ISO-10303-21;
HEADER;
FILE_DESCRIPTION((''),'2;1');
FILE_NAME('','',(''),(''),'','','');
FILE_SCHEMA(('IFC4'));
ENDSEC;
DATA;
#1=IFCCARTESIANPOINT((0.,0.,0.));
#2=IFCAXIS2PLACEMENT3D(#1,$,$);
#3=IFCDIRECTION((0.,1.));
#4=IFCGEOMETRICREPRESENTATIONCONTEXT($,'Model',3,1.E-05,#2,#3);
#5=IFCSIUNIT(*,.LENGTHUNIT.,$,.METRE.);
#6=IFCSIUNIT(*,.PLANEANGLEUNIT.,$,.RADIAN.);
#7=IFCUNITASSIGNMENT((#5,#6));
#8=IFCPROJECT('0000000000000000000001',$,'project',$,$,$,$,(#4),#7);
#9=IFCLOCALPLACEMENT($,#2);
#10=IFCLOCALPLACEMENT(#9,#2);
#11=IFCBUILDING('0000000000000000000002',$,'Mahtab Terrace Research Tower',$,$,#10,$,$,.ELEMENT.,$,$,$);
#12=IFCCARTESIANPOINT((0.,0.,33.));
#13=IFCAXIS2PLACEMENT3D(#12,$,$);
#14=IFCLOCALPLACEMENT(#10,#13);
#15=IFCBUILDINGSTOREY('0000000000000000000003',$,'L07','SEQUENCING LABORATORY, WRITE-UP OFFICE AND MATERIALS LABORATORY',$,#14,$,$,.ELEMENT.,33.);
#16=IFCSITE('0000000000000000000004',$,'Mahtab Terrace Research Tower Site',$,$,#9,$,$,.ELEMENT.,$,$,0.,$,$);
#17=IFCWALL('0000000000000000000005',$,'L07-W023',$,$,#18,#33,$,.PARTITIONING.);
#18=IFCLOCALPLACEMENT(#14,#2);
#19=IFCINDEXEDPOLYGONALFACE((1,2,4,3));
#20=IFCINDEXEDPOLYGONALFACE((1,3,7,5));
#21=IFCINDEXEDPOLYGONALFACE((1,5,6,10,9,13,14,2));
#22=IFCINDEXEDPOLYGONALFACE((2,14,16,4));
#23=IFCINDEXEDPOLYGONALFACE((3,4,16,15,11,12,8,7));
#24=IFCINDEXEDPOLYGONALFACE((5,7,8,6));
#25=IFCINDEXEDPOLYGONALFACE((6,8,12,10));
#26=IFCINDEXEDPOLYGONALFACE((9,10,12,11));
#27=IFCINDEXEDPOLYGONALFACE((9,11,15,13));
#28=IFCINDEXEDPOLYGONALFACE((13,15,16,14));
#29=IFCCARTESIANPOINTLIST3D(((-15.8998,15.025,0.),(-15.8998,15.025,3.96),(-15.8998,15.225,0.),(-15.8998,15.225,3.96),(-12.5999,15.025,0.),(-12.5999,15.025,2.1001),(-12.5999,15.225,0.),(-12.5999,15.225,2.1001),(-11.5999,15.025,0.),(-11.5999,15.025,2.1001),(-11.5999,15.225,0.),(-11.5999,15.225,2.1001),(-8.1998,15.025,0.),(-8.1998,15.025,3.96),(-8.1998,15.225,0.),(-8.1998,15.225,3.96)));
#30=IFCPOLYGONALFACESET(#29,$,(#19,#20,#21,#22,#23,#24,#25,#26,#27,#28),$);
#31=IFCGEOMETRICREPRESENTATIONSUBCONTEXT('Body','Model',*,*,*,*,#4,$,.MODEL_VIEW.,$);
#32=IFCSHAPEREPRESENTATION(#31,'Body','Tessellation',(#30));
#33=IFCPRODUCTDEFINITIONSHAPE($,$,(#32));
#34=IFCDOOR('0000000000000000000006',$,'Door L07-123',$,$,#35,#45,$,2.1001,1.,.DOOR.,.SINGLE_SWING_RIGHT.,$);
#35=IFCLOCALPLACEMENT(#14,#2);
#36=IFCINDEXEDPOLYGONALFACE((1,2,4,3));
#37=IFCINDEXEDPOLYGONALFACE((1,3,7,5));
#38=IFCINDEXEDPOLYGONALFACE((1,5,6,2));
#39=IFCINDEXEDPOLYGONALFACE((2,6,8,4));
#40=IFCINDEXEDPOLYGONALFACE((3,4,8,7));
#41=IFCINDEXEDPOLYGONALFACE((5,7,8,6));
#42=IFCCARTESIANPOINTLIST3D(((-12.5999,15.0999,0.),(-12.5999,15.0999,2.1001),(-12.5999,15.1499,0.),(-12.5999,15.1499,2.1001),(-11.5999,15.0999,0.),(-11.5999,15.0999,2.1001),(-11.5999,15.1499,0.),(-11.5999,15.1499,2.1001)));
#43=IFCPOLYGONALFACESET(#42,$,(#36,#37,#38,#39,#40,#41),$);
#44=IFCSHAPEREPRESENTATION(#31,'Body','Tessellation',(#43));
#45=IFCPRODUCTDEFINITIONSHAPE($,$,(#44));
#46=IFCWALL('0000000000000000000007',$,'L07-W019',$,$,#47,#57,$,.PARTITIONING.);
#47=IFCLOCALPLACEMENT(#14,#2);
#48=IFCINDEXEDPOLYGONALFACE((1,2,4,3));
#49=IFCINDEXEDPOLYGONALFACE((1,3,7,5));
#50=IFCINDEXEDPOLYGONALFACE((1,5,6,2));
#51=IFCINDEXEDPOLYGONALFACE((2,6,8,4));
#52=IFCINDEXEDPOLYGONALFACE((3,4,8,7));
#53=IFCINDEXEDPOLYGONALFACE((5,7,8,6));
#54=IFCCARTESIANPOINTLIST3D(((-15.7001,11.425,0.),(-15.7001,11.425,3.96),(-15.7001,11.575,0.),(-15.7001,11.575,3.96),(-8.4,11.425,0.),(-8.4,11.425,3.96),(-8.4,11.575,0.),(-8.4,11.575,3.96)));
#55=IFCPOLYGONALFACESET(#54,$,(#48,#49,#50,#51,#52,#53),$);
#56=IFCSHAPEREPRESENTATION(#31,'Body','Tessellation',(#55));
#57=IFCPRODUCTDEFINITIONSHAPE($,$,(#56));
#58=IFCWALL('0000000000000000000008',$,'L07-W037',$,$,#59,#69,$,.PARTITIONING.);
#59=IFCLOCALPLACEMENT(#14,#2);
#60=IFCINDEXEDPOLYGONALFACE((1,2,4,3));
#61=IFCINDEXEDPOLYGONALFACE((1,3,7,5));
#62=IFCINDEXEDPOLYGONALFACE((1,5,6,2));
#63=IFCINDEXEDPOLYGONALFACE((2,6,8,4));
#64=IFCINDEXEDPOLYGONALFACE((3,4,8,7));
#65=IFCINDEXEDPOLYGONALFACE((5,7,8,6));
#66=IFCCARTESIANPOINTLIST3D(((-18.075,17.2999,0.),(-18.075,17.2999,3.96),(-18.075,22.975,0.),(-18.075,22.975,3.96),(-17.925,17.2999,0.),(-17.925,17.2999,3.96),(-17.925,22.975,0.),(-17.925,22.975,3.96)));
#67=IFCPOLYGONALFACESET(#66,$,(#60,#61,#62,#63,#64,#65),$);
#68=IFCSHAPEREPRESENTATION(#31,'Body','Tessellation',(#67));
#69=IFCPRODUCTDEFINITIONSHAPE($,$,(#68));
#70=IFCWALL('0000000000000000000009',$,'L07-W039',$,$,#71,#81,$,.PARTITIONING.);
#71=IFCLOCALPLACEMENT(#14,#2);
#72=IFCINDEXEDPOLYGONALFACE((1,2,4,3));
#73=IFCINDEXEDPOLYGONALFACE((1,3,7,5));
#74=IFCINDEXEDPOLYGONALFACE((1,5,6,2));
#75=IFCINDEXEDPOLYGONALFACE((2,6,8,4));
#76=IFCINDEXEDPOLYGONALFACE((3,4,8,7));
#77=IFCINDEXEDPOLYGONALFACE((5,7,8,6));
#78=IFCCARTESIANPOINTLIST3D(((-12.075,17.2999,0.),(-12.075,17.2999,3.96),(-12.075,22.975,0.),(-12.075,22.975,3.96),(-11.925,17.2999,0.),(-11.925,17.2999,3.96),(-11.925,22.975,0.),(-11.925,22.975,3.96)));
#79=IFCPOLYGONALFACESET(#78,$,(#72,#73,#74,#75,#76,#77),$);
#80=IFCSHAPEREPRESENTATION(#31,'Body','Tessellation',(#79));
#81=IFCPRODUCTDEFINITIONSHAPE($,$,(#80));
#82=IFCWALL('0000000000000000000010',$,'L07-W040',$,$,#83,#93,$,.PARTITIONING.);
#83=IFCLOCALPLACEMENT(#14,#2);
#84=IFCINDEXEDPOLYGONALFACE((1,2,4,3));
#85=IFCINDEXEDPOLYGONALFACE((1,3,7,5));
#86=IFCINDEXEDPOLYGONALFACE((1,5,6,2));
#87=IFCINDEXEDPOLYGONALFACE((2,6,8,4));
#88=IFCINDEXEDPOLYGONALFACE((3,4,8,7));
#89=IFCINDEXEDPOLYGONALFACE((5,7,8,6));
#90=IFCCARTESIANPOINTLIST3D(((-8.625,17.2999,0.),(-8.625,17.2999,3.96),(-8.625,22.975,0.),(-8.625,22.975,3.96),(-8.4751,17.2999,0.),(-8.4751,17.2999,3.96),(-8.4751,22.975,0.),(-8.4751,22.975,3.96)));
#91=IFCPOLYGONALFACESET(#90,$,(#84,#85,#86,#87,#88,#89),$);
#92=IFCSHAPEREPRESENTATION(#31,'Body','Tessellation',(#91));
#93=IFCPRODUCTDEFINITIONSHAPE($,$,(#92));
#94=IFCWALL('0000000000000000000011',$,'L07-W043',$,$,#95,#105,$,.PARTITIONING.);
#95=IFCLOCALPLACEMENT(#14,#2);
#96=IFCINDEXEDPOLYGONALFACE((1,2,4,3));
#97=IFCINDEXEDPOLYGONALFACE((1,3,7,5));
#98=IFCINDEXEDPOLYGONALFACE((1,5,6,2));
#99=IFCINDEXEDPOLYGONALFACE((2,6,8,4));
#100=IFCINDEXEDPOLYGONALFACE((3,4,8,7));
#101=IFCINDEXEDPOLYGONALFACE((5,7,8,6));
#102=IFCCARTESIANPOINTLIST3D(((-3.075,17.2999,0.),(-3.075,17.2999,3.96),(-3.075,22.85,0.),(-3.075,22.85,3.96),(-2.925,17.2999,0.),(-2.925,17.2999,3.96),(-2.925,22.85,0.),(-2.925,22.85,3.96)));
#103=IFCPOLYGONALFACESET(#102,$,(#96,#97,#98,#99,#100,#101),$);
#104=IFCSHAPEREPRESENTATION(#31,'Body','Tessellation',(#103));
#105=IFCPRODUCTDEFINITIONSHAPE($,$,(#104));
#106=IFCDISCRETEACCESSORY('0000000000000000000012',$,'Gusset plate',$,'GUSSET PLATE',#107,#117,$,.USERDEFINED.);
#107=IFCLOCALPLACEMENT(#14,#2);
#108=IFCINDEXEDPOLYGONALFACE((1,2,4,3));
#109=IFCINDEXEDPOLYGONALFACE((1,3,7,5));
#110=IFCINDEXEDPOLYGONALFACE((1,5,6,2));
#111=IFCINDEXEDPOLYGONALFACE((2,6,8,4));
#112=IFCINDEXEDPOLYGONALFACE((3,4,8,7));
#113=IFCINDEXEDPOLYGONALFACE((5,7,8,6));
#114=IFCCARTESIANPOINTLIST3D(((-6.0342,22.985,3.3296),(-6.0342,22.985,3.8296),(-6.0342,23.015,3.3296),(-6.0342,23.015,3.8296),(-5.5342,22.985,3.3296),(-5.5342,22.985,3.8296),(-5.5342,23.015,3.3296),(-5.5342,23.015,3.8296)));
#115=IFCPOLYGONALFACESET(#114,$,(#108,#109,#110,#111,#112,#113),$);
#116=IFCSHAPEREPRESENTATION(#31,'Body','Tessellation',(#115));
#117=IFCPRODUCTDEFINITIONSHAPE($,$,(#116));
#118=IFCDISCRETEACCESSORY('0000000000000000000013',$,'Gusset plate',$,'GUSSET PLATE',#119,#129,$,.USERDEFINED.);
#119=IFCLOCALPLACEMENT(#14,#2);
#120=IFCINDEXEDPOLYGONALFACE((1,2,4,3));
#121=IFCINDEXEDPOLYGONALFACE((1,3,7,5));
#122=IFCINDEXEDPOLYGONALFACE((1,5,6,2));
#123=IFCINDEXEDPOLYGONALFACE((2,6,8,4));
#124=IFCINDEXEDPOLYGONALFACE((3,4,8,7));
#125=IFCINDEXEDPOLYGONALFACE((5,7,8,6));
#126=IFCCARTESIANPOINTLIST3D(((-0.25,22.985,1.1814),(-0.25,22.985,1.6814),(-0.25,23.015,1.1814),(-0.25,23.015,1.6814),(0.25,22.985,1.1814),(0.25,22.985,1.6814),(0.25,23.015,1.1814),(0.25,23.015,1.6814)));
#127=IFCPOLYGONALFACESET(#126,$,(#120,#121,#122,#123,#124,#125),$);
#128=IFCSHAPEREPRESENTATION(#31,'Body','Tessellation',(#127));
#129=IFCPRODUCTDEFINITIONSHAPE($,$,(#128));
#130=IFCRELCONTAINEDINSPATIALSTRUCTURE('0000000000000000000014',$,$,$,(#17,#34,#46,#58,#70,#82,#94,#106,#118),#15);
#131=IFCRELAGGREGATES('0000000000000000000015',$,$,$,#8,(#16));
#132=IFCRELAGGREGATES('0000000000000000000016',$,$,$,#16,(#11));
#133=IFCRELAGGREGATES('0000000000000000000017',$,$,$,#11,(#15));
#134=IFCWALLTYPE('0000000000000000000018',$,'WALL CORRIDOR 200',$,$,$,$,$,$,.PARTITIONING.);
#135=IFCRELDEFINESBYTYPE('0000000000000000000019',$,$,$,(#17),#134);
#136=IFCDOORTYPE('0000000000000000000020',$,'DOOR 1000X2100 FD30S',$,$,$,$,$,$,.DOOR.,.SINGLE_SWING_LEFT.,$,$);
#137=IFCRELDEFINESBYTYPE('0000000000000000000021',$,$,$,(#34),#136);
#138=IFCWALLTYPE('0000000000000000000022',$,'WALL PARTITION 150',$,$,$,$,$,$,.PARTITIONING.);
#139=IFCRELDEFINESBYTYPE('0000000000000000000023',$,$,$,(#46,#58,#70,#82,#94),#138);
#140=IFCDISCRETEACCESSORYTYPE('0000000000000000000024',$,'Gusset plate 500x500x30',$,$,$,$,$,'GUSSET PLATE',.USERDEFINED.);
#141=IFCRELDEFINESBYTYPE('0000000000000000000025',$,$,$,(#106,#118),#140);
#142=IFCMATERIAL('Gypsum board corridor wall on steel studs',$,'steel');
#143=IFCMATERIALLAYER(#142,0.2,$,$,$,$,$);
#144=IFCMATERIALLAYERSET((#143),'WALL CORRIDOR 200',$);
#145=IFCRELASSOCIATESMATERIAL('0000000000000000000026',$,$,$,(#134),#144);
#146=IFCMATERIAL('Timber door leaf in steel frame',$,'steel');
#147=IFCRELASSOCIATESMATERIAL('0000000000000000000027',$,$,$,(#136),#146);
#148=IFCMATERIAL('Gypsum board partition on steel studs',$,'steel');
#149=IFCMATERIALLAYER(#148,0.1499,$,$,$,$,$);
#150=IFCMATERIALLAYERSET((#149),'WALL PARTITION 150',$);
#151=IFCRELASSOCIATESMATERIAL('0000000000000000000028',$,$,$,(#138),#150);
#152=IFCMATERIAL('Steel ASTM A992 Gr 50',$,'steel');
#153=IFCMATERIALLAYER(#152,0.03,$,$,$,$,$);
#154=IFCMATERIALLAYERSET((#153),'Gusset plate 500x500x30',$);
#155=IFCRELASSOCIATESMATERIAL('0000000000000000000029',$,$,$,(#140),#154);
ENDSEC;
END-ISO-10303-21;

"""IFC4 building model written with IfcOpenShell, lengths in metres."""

from ifc_helpers import new_model, si_unit, direction, frame, frame_2d, origin, origin_2d, place, context, subcontext, project, spatial, rectangle, extrude, material, layer, layer_set, type_object, element, fill, save


model = new_model("IFC4")

# Units and contexts
model_context = context("Model", 3, precision=1e-05, world=origin(), true_north=direction((0.0, 1.0)))
body_context = subcontext(model_context, "Body", "Model", "MODEL_VIEW")
ifc_project = project(units=[si_unit("LENGTHUNIT", "METRE"), si_unit("PLANEANGLEUNIT", "RADIAN")], contexts=[model_context])

# Site, building, storey
site_placement = place(None, origin())
site = spatial("IfcSite", under=ifc_project, at=site_placement, Name="Mahtab Terrace Research Tower Site", CompositionType="ELEMENT", RefElevation=0.0)
building_placement = place(site_placement, origin())
building = spatial("IfcBuilding", under=site, at=building_placement, Name="Mahtab Terrace Research Tower", CompositionType="ELEMENT")
storey_placement = place(building_placement, frame((0.0, 0.0, 33.0)))
storey = spatial("IfcBuildingStorey", under=building, at=storey_placement, Name="L07", Description="SEQUENCING LABORATORY, WRITE-UP OFFICE AND MATERIALS LABORATORY", CompositionType="ELEMENT", Elevation=33.0)

# Shared definitions
ifc_material_1 = material(Name="Steel ASTM A992 Gr 50", Category="steel")

# Wall, opening, door
ifc_material_2 = material(Name="Gypsum board corridor wall on steel studs", Category="steel")
ifc_layer_1 = layer(ifc_material_2, 0.2)
ifc_layer_set_1 = layer_set([ifc_layer_1], Name="WALL CORRIDOR 200")
wall_type_1 = type_object("IfcWallType", Name="WALL CORRIDOR 200", PredefinedType="PARTITIONING", material=ifc_layer_set_1)
wall_1_placement = place(storey_placement, frame((-15.8999, 15.125, 0.0), z_axis=(0.0, 0.0, 1.0), x_axis=(1.0, 0.0, 0.0)))
wall_1 = element("IfcWall", 1, at=wall_1_placement, inside=storey, type_object=wall_type_1, Name="L07-W023", PredefinedType="PARTITIONING", context=body_context, shape_type="SweptSolid", body=[
    extrude(rectangle(XDim=7.7, YDim=0.2, at=frame_2d((3.8501, 0.0))), origin(), (0.0, 0.0, 1.0), 3.96),
])
opening_1_placement = place(wall_1_placement, frame((3.3, 0.0, 0.0)))
opening_1 = element("IfcOpeningElement", 2, at=opening_1_placement, cuts=wall_1, PredefinedType="OPENING", context=body_context, shape_type="SweptSolid", body=[
    extrude(rectangle(XDim=1.0, YDim=2.1001, at=frame_2d((0.5, 1.05))), frame((0.0, 0.1099, 0.0), z_axis=(0.0, -1.0, 0.0), x_axis=(1.0, 0.0, 0.0)), (0.0, 0.0, 1.0), 0.22),
])
ifc_material_3 = material(Name="Timber door leaf in steel frame", Category="steel")
door_type_1 = type_object("IfcDoorType", Name="DOOR 1000X2100 FD30S", OperationType="SINGLE_SWING_LEFT", PredefinedType="DOOR", material=ifc_material_3)
door_1_placement = place(opening_1_placement, origin())
door_1 = element("IfcDoor", 3, at=door_1_placement, inside=storey, type_object=door_type_1, Name="Door L07-123", OperationType="SINGLE_SWING_RIGHT", OverallHeight=2.1001, OverallWidth=1.0, PredefinedType="DOOR", context=body_context, shape_type="SweptSolid", body=[
    extrude(rectangle(XDim=1.0, YDim=2.1001, at=frame_2d((0.5, 1.05))), frame((0.0, 0.0249, 0.0), z_axis=(0.0, -1.0, 0.0), x_axis=(1.0, 0.0, 0.0)), (0.0, 0.0, 1.0), 0.05),
])
fill(opening_1, door_1)

# Walls
ifc_material_4 = material(Name="Gypsum board partition on steel studs", Category="steel")
ifc_layer_2 = layer(ifc_material_4, 0.1499)
ifc_layer_set_2 = layer_set([ifc_layer_2], Name="WALL PARTITION 150")
wall_type_2 = type_object("IfcWallType", Name="WALL PARTITION 150", PredefinedType="PARTITIONING", material=ifc_layer_set_2)
wall_2_placement = place(storey_placement, frame((-15.7, 11.5, 0.0), z_axis=(0.0, 0.0, 1.0), x_axis=(1.0, 0.0, 0.0)))
element("IfcWall", 4, at=wall_2_placement, inside=storey, type_object=wall_type_2, Name="L07-W019", PredefinedType="PARTITIONING", context=body_context, shape_type="SweptSolid", body=[
    extrude(rectangle(XDim=7.3, YDim=0.1499, at=frame_2d((3.6499, 0.0))), origin(), (0.0, 0.0, 1.0), 3.96),
])
for number, where, z_axis, x_axis, name in (
    (5, (-18.0, 17.3, 0.0), (0.0, 0.0, 1.0), (0.0, 1.0, 0.0), "L07-W037"),
    (6, (-12.0, 17.3, 0.0), (0.0, 0.0, 1.0), (0.0, 1.0, 0.0), "L07-W039"),
    (7, (-8.55, 17.3, 0.0), (0.0, 0.0, 1.0), (0.0, 1.0, 0.0), "L07-W040"),
):
    element("IfcWall", number, at=place(storey_placement, frame(where, z_axis=z_axis, x_axis=x_axis)), inside=storey, type_object=wall_type_2, Name=name, PredefinedType="PARTITIONING", context=body_context, shape_type="SweptSolid", body=[
        extrude(rectangle(XDim=5.675, YDim=0.1499, at=frame_2d((2.8374, 0.0))), origin(), (0.0, 0.0, 1.0), 3.96),
    ])
wall_3_placement = place(storey_placement, frame((-3.0, 17.3, 0.0), z_axis=(0.0, 0.0, 1.0), x_axis=(0.0, 1.0, 0.0)))
element("IfcWall", 8, at=wall_3_placement, inside=storey, type_object=wall_type_2, Name="L07-W043", PredefinedType="PARTITIONING", context=body_context, shape_type="SweptSolid", body=[
    extrude(rectangle(XDim=5.55, YDim=0.1499, at=frame_2d((2.7749, 0.0))), origin(), (0.0, 0.0, 1.0), 3.96),
])

# Discrete accessories
ifc_layer_3 = layer(ifc_material_1, 0.03)
ifc_layer_set_3 = layer_set([ifc_layer_3], Name="Gusset plate 500x500x30")
discrete_accessory_type = type_object("IfcDiscreteAccessoryType", Name="Gusset plate 500x500x30", ElementType="GUSSET PLATE", PredefinedType="USERDEFINED", material=ifc_layer_set_3)
for number, where, z_axis, x_axis, name in (
    (9, (-5.7842, 23.0, 3.3296), (0.0, 0.0, 1.0), (1.0, 0.0, 0.0), "Gusset plate"),
    (10, (0.0, 23.0, 1.1814), (0.0, 0.0, 1.0), (1.0, 0.0, 0.0), "Gusset plate"),
):
    element("IfcDiscreteAccessory", number, at=place(storey_placement, frame(where, z_axis=z_axis, x_axis=x_axis)), inside=storey, type_object=discrete_accessory_type, Name=name, ObjectType="GUSSET PLATE", PredefinedType="USERDEFINED", context=body_context, shape_type="SweptSolid", body=[
        extrude(rectangle(XDim=0.5, YDim=0.03, at=origin_2d()), origin(), (0.0, 0.0, 1.0), 0.5),
    ])

save(model, "model.ifc")
